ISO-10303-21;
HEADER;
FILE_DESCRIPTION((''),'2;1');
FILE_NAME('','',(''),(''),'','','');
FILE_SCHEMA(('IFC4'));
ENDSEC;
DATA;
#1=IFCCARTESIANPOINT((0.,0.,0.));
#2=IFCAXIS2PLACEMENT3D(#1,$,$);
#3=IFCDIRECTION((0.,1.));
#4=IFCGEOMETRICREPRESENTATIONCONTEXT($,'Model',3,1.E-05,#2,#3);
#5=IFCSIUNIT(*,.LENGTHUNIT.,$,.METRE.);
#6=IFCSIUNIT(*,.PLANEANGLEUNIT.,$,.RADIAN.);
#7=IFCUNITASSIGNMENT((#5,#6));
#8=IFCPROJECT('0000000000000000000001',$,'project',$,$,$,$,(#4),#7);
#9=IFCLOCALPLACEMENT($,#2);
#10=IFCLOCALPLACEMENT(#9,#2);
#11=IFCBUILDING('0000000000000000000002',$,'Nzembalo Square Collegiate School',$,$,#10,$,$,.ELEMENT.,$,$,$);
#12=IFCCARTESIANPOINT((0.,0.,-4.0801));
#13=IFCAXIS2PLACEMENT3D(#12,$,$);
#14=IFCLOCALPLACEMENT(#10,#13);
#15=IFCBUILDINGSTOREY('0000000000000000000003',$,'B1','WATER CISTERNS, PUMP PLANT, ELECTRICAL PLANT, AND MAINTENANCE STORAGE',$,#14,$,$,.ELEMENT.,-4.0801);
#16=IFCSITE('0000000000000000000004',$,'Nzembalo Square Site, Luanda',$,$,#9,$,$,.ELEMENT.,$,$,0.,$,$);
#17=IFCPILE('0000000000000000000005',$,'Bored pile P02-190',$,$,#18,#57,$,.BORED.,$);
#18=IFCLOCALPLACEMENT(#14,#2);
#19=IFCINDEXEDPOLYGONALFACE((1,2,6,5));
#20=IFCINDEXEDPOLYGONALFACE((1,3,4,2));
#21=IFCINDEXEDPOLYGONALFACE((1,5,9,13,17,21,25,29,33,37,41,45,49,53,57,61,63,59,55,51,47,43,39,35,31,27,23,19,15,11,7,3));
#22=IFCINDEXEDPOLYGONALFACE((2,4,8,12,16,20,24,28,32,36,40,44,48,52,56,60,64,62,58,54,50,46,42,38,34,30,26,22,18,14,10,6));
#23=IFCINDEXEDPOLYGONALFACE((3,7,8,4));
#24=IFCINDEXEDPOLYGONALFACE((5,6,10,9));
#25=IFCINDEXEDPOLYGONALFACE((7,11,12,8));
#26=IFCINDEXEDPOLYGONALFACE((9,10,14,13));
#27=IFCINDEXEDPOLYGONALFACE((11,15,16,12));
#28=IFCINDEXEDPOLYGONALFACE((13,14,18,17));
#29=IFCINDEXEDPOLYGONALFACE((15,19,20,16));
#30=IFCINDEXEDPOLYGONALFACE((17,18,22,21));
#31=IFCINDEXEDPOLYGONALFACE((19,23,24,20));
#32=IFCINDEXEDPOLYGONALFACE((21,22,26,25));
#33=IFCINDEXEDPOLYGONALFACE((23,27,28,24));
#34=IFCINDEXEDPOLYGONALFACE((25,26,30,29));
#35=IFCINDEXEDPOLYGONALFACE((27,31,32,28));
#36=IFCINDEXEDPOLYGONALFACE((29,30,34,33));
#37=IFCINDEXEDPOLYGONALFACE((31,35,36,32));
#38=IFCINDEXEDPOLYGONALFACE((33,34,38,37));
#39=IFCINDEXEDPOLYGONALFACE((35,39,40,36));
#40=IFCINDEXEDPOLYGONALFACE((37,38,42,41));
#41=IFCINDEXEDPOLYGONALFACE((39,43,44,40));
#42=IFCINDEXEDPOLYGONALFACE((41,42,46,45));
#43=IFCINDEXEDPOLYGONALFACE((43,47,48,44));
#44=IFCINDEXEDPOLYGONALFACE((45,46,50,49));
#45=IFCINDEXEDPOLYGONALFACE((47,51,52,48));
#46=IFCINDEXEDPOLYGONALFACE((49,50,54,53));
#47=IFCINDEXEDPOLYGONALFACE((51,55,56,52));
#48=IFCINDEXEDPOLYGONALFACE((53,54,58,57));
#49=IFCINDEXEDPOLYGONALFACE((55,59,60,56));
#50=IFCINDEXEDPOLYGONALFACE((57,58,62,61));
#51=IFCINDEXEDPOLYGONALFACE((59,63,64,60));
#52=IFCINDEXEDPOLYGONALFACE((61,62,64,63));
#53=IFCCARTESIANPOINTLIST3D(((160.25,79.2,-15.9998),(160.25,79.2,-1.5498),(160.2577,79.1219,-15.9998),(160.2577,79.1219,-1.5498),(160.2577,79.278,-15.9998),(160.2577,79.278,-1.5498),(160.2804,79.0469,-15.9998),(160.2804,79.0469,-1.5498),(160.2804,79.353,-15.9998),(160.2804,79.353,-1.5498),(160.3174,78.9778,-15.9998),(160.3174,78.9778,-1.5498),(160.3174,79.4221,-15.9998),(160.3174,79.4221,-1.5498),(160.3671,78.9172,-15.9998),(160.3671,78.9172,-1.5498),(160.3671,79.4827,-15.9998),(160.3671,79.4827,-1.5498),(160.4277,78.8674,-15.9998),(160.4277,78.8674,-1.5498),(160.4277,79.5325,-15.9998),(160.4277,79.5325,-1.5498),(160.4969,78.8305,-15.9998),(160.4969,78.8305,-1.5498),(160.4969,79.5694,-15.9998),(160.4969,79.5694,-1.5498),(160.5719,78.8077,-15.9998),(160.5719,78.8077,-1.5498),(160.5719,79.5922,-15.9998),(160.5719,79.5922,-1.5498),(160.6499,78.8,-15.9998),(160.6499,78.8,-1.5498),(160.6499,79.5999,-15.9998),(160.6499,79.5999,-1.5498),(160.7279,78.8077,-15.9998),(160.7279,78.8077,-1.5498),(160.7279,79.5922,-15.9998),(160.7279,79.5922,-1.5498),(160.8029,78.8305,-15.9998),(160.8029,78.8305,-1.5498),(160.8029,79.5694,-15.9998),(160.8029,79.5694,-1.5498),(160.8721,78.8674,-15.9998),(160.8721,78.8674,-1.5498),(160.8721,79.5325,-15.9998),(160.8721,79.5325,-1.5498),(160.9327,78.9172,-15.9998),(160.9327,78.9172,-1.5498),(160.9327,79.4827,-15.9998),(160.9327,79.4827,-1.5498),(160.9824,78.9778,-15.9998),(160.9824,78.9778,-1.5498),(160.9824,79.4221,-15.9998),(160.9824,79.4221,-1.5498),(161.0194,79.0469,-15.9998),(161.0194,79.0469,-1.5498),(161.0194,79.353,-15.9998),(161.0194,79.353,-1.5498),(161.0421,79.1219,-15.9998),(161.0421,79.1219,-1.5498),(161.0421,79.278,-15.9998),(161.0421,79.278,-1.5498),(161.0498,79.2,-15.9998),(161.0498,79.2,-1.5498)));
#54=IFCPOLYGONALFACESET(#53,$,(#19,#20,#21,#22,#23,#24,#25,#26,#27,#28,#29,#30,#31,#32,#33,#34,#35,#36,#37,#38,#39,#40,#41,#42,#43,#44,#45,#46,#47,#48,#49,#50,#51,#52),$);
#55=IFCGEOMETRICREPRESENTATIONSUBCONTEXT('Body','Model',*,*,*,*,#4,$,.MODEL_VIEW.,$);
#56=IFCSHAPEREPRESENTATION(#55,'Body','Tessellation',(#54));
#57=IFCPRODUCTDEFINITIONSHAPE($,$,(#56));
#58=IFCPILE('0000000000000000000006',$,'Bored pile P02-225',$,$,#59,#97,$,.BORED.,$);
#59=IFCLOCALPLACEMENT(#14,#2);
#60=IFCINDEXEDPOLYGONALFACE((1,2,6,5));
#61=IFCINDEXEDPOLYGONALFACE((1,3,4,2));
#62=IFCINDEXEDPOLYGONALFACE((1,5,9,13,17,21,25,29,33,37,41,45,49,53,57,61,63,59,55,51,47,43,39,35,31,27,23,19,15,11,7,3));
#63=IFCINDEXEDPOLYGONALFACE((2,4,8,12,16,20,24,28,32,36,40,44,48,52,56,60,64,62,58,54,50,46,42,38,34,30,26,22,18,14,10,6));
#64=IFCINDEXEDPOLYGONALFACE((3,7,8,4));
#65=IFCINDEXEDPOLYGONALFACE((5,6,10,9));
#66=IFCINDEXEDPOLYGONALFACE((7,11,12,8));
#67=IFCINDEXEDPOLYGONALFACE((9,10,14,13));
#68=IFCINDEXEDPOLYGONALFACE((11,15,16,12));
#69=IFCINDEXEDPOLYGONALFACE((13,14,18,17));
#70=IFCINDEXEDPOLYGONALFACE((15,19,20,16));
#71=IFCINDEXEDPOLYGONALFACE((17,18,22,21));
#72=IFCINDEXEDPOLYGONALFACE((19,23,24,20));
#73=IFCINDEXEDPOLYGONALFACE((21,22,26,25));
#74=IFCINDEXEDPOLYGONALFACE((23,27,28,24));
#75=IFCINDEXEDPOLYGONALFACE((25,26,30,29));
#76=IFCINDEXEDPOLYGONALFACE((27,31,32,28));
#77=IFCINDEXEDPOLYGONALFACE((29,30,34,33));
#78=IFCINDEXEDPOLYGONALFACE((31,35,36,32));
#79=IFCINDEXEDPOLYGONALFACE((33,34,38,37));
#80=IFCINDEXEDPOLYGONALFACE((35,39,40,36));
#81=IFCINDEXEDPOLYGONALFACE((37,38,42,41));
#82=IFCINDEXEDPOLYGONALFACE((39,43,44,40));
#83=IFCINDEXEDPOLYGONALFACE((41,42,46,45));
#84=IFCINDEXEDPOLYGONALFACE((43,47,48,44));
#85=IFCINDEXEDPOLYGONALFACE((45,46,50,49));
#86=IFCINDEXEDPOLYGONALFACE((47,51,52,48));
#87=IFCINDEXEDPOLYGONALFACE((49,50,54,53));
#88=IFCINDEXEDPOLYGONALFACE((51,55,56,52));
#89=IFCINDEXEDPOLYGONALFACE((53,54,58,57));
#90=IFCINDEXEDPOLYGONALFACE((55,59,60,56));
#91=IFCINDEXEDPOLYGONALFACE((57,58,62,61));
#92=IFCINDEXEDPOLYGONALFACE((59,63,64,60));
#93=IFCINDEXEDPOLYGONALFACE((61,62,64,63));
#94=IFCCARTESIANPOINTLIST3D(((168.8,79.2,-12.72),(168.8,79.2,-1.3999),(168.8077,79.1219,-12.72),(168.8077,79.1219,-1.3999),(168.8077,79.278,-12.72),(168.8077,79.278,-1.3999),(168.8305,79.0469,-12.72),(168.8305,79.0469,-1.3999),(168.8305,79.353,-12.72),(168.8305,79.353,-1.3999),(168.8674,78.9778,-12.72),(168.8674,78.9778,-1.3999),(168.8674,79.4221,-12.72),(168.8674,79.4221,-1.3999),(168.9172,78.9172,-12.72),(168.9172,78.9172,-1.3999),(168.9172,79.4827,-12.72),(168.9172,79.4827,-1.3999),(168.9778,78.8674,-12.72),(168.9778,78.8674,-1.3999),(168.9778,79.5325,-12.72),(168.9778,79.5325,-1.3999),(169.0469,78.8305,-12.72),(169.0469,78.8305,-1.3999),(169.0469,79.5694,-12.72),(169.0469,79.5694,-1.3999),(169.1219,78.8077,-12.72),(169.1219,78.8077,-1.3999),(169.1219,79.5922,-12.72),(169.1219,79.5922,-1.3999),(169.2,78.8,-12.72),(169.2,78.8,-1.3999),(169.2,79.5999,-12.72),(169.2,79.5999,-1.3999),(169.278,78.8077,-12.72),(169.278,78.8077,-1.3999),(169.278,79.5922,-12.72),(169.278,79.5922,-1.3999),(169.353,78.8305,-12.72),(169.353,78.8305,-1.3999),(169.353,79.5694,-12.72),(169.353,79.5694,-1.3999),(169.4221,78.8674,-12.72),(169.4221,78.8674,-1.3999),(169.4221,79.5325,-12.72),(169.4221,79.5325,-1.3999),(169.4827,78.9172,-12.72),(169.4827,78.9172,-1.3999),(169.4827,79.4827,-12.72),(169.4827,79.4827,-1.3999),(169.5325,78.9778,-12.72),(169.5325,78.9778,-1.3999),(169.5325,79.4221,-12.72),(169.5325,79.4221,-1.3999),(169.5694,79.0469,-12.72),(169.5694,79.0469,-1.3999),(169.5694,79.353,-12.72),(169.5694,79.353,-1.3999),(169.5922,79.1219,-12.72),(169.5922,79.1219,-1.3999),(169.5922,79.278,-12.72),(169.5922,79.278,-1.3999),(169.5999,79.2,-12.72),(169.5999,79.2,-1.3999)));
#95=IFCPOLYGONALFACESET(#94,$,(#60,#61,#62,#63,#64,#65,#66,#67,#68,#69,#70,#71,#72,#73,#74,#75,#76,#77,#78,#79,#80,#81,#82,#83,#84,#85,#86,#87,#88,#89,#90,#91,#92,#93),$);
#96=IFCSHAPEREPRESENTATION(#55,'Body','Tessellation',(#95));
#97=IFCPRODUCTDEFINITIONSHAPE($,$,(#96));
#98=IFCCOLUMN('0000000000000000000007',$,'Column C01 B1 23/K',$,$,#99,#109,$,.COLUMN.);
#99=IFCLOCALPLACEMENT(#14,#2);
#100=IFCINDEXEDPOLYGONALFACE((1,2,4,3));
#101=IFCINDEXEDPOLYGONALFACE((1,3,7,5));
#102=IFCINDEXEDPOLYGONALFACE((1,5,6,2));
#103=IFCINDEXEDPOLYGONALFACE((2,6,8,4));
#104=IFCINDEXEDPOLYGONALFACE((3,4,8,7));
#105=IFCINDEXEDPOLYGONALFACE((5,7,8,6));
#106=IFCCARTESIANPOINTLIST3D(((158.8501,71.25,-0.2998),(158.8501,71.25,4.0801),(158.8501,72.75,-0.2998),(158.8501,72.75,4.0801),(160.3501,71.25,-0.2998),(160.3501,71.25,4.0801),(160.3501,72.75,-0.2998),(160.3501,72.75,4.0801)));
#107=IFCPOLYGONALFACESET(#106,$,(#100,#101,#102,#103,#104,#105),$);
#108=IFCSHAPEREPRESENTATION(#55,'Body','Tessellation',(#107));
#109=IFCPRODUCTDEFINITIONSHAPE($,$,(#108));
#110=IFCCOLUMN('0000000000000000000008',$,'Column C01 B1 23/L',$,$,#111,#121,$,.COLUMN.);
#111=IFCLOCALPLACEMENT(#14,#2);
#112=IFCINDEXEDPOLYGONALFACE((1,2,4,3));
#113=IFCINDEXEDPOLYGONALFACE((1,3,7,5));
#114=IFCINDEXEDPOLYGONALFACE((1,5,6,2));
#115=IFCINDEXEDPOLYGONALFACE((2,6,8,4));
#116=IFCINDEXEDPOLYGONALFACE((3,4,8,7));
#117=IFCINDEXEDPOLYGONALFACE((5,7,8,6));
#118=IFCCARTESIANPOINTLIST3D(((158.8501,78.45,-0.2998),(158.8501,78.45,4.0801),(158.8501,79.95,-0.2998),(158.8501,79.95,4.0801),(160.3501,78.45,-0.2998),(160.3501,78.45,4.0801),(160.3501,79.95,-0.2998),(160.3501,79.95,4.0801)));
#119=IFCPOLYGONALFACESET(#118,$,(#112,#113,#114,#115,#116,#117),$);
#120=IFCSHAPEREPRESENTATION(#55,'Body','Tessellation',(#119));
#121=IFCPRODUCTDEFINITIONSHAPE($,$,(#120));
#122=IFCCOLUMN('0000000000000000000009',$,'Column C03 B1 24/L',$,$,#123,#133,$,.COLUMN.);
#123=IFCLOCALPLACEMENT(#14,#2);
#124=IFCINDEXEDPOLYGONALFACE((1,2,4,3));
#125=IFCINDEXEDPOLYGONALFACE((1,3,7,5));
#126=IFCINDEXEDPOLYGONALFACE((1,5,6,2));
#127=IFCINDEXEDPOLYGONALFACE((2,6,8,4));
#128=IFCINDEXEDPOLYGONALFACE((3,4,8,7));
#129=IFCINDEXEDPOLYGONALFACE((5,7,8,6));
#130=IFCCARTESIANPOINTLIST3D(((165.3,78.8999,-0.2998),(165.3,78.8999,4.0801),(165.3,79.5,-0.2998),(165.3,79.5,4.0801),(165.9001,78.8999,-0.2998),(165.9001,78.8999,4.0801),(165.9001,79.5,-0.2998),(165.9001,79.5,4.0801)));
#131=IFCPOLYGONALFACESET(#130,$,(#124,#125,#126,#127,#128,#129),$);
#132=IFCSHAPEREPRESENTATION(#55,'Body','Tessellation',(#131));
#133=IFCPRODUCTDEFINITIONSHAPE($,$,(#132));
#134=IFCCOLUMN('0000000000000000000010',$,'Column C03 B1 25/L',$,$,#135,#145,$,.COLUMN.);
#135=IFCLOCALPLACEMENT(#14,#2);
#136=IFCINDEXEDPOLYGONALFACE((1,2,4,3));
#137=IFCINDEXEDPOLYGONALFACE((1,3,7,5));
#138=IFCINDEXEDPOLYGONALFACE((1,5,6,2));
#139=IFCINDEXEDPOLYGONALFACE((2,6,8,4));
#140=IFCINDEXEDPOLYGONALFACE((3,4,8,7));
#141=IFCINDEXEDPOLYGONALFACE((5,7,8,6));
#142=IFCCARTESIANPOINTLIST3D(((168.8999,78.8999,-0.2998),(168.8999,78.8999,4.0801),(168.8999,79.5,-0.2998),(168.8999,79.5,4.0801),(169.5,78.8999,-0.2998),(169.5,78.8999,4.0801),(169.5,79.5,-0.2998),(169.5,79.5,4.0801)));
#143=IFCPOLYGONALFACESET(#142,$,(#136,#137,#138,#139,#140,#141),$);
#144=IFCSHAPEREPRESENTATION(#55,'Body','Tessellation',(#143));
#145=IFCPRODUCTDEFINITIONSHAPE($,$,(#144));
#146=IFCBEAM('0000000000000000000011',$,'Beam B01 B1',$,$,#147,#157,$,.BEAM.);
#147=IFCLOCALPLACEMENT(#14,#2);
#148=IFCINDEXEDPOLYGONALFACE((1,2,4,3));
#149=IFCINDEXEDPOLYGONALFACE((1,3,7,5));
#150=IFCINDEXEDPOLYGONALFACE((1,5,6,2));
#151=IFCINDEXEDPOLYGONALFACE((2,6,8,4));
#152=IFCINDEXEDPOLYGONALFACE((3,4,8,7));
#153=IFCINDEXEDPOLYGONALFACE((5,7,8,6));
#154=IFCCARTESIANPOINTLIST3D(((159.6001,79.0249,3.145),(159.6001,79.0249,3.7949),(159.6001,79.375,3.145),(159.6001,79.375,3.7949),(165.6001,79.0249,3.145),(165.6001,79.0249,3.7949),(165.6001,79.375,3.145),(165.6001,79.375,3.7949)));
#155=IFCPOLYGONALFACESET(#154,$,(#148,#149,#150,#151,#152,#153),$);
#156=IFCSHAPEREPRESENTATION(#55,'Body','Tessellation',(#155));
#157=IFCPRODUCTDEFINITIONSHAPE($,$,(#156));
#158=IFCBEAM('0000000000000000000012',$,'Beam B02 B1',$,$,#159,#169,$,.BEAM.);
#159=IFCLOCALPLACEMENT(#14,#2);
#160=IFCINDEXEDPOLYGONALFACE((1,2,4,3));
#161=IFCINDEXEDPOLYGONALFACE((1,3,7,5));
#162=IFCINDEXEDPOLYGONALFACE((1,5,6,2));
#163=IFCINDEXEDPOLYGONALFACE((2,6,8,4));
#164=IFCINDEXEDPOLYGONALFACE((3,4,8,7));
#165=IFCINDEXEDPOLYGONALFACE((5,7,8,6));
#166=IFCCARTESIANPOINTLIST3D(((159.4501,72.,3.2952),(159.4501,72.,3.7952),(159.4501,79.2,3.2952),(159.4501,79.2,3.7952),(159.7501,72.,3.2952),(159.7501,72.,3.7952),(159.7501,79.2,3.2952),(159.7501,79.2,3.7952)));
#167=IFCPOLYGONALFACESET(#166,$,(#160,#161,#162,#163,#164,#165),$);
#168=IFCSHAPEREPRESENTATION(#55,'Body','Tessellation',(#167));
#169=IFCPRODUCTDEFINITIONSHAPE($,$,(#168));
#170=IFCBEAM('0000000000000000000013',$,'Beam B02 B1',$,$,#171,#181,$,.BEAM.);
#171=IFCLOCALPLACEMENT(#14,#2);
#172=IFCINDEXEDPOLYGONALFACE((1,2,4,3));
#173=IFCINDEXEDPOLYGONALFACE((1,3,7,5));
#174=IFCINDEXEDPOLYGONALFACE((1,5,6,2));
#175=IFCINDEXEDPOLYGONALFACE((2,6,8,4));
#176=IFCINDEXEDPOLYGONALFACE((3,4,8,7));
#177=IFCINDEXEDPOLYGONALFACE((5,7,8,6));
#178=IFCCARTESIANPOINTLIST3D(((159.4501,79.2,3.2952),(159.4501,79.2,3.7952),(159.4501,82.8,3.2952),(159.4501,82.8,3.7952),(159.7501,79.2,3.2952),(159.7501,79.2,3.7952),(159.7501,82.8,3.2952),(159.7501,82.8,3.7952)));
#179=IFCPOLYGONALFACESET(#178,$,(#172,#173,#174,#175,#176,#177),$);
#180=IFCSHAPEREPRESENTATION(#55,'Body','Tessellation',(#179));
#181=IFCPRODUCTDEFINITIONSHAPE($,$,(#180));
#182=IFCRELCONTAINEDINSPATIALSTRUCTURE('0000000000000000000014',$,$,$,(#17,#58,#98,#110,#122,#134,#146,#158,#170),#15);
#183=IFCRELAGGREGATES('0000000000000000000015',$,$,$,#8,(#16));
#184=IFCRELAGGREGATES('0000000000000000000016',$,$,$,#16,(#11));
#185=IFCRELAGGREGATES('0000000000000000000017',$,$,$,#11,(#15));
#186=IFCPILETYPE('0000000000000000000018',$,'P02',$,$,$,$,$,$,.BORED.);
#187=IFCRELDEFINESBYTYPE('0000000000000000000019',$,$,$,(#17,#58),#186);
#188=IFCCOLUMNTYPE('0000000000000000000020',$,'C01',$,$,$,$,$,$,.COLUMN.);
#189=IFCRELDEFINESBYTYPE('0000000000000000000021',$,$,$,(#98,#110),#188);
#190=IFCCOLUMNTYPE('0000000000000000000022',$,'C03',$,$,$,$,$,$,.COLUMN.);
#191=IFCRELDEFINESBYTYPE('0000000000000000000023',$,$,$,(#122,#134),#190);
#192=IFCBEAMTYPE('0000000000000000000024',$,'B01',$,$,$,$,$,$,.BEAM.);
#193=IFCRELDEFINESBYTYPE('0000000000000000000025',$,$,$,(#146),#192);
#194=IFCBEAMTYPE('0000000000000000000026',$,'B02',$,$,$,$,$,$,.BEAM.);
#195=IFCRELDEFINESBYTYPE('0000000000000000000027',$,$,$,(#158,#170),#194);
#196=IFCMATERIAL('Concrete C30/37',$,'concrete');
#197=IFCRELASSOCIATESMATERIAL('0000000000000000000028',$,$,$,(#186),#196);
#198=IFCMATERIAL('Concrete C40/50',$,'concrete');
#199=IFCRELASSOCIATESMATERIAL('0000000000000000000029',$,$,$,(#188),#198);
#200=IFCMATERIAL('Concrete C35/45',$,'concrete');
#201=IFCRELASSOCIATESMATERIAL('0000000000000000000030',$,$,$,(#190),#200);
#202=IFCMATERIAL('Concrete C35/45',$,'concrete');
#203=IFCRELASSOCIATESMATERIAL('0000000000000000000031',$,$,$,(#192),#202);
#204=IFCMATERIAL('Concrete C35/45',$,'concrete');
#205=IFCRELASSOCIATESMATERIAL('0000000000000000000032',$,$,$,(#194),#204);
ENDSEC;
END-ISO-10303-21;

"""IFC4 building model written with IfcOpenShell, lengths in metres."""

from ifc_helpers import new_model, si_unit, direction, frame, origin, origin_2d, place, context, subcontext, project, spatial, rectangle, circle, extrude, material, material_profile, profile_set, type_object, element, save


model = new_model("IFC4")

# Units and contexts
model_context = context("Model", 3, precision=1e-05, world=origin(), true_north=direction((0.0, 1.0)))
body_context = subcontext(model_context, "Body", "Model", "MODEL_VIEW")
ifc_project = project(units=[si_unit("LENGTHUNIT", "METRE"), si_unit("PLANEANGLEUNIT", "RADIAN")], contexts=[model_context])

# Site, building, storey
site_placement = place(None, origin())
site = spatial("IfcSite", under=ifc_project, at=site_placement, Name="Nzembalo Square Site, Luanda", CompositionType="ELEMENT", RefElevation=0.0)
building_placement = place(site_placement, origin())
building = spatial("IfcBuilding", under=site, at=building_placement, Name="Nzembalo Square Collegiate School", CompositionType="ELEMENT")
storey_placement = place(building_placement, frame((0.0, 0.0, -4.0801)))
storey = spatial("IfcBuildingStorey", under=building, at=storey_placement, Name="B1", Description="WATER CISTERNS, PUMP PLANT, ELECTRICAL PLANT, AND MAINTENANCE STORAGE", CompositionType="ELEMENT", Elevation=-4.0801)

# Piles
ifc_material_1 = material(Name="Concrete C30/37", Category="concrete")
ifc_material_profile_1 = material_profile(ifc_material_1, circle(Radius=0.3999, at=origin_2d()), Name="PILE D800")
ifc_profile_set_1 = profile_set([ifc_material_profile_1], Name="Concrete C30/37")
pile_type_1 = type_object("IfcPileType", Name="P02", PredefinedType="BORED", material=ifc_profile_set_1)
for number, where, z_axis, x_axis, name in (
    (1, (160.6499, 79.2, -1.5498), (0.0, 0.0, -1.0), (1.0, 0.0, 0.0), "Bored pile P02-190"),
):
    element("IfcPile", number, at=place(storey_placement, frame(where, z_axis=z_axis, x_axis=x_axis)), inside=storey, type_object=pile_type_1, Name=name, PredefinedType="BORED", context=body_context, shape_type="SweptSolid", body=[
        extrude(circle(Radius=0.3999, at=origin_2d()), origin(), (0.0, 0.0, 1.0), 14.45),
    ])
pile_1_placement = place(storey_placement, frame((169.2, 79.2, -1.3999), z_axis=(0.0, 0.0, -1.0), x_axis=(1.0, 0.0, 0.0)))
element("IfcPile", 2, at=pile_1_placement, inside=storey, type_object=pile_type_1, Name="Bored pile P02-225", PredefinedType="BORED", context=body_context, shape_type="SweptSolid", body=[
    extrude(circle(Radius=0.3999, at=origin_2d()), origin(), (0.0, 0.0, 1.0), 11.3201),
])

# Columns
ifc_material_2 = material(Name="Concrete C40/50", Category="concrete")
ifc_material_profile_2 = material_profile(ifc_material_2, rectangle(XDim=1.5, YDim=1.5, at=origin_2d()), Name="RC 1500x1500")
ifc_profile_set_2 = profile_set([ifc_material_profile_2], Name="Concrete C40/50")
column_type_1 = type_object("IfcColumnType", Name="C01", PredefinedType="COLUMN", material=ifc_profile_set_2)
for number, where, z_axis, x_axis, name in (
    (3, (159.6001, 72.0, -0.2998), (0.0, 0.0, 1.0), (1.0, 0.0, 0.0), "Column C01 B1 23/K"),
    (4, (159.6001, 79.2, -0.2998), (0.0, 0.0, 1.0), (1.0, 0.0, 0.0), "Column C01 B1 23/L"),
):
    element("IfcColumn", number, at=place(storey_placement, frame(where, z_axis=z_axis, x_axis=x_axis)), inside=storey, type_object=column_type_1, Name=name, PredefinedType="COLUMN", context=body_context, shape_type="SweptSolid", body=[
        extrude(rectangle(XDim=1.5, YDim=1.5, at=origin_2d()), origin(), (0.0, 0.0, 1.0), 4.3799),
    ])
ifc_material_3 = material(Name="Concrete C35/45", Category="concrete")
ifc_material_profile_3 = material_profile(ifc_material_3, rectangle(XDim=0.6001, YDim=0.6001, at=origin_2d()), Name="RC 600x600")
ifc_profile_set_3 = profile_set([ifc_material_profile_3], Name="Concrete C35/45")
column_type_2 = type_object("IfcColumnType", Name="C03", PredefinedType="COLUMN", material=ifc_profile_set_3)
for number, where, z_axis, x_axis, name in (
    (5, (165.6001, 79.2, -0.2998), (0.0, 0.0, 1.0), (1.0, 0.0, 0.0), "Column C03 B1 24/L"),
    (6, (169.2, 79.2, -0.2998), (0.0, 0.0, 1.0), (1.0, 0.0, 0.0), "Column C03 B1 25/L"),
):
    element("IfcColumn", number, at=place(storey_placement, frame(where, z_axis=z_axis, x_axis=x_axis)), inside=storey, type_object=column_type_2, Name=name, PredefinedType="COLUMN", context=body_context, shape_type="SweptSolid", body=[
        extrude(rectangle(XDim=0.6001, YDim=0.6001, at=origin_2d()), origin(), (0.0, 0.0, 1.0), 4.3799),
    ])

# Beams
ifc_material_4 = material(Name="Concrete C35/45", Category="concrete")
ifc_material_profile_4 = material_profile(ifc_material_4, rectangle(XDim=0.3501, YDim=0.6499, at=origin_2d()), Name="RC 350x650")
ifc_profile_set_4 = profile_set([ifc_material_profile_4], Name="Concrete C35/45")
beam_type_1 = type_object("IfcBeamType", Name="B01", PredefinedType="BEAM", material=ifc_profile_set_4)
beam_1_placement = place(storey_placement, frame((159.6001, 79.2, 3.47), z_axis=(1.0, 0.0, 0.0), x_axis=(0.0, 1.0, 0.0)))
element("IfcBeam", 7, at=beam_1_placement, inside=storey, type_object=beam_type_1, Name="Beam B01 B1", PredefinedType="BEAM", context=body_context, shape_type="SweptSolid", body=[
    extrude(rectangle(XDim=0.3501, YDim=0.6499, at=origin_2d()), origin(), (0.0, 0.0, 1.0), 6.0),
])
ifc_material_5 = material(Name="Concrete C35/45", Category="concrete")
ifc_material_profile_5 = material_profile(ifc_material_5, rectangle(XDim=0.3, YDim=0.5, at=origin_2d()), Name="RC 300x500")
ifc_profile_set_5 = profile_set([ifc_material_profile_5], Name="Concrete C35/45")
beam_type_2 = type_object("IfcBeamType", Name="B02", PredefinedType="BEAM", material=ifc_profile_set_5)
beam_2_placement = place(storey_placement, frame((159.6001, 72.0, 3.5452), z_axis=(0.0, 1.0, 0.0), x_axis=(-1.0, 0.0, 0.0)))
element("IfcBeam", 8, at=beam_2_placement, inside=storey, type_object=beam_type_2, Name="Beam B02 B1", PredefinedType="BEAM", context=body_context, shape_type="SweptSolid", body=[
    extrude(rectangle(XDim=0.3, YDim=0.5, at=origin_2d()), origin(), (0.0, 0.0, 1.0), 7.2),
])
beam_3_placement = place(storey_placement, frame((159.6001, 79.2, 3.5452), z_axis=(0.0, 1.0, 0.0), x_axis=(-1.0, 0.0, 0.0)))
element("IfcBeam", 9, at=beam_3_placement, inside=storey, type_object=beam_type_2, Name="Beam B02 B1", PredefinedType="BEAM", context=body_context, shape_type="SweptSolid", body=[
    extrude(rectangle(XDim=0.3, YDim=0.5, at=origin_2d()), origin(), (0.0, 0.0, 1.0), 3.6001),
])

save(model, "model.ifc")
